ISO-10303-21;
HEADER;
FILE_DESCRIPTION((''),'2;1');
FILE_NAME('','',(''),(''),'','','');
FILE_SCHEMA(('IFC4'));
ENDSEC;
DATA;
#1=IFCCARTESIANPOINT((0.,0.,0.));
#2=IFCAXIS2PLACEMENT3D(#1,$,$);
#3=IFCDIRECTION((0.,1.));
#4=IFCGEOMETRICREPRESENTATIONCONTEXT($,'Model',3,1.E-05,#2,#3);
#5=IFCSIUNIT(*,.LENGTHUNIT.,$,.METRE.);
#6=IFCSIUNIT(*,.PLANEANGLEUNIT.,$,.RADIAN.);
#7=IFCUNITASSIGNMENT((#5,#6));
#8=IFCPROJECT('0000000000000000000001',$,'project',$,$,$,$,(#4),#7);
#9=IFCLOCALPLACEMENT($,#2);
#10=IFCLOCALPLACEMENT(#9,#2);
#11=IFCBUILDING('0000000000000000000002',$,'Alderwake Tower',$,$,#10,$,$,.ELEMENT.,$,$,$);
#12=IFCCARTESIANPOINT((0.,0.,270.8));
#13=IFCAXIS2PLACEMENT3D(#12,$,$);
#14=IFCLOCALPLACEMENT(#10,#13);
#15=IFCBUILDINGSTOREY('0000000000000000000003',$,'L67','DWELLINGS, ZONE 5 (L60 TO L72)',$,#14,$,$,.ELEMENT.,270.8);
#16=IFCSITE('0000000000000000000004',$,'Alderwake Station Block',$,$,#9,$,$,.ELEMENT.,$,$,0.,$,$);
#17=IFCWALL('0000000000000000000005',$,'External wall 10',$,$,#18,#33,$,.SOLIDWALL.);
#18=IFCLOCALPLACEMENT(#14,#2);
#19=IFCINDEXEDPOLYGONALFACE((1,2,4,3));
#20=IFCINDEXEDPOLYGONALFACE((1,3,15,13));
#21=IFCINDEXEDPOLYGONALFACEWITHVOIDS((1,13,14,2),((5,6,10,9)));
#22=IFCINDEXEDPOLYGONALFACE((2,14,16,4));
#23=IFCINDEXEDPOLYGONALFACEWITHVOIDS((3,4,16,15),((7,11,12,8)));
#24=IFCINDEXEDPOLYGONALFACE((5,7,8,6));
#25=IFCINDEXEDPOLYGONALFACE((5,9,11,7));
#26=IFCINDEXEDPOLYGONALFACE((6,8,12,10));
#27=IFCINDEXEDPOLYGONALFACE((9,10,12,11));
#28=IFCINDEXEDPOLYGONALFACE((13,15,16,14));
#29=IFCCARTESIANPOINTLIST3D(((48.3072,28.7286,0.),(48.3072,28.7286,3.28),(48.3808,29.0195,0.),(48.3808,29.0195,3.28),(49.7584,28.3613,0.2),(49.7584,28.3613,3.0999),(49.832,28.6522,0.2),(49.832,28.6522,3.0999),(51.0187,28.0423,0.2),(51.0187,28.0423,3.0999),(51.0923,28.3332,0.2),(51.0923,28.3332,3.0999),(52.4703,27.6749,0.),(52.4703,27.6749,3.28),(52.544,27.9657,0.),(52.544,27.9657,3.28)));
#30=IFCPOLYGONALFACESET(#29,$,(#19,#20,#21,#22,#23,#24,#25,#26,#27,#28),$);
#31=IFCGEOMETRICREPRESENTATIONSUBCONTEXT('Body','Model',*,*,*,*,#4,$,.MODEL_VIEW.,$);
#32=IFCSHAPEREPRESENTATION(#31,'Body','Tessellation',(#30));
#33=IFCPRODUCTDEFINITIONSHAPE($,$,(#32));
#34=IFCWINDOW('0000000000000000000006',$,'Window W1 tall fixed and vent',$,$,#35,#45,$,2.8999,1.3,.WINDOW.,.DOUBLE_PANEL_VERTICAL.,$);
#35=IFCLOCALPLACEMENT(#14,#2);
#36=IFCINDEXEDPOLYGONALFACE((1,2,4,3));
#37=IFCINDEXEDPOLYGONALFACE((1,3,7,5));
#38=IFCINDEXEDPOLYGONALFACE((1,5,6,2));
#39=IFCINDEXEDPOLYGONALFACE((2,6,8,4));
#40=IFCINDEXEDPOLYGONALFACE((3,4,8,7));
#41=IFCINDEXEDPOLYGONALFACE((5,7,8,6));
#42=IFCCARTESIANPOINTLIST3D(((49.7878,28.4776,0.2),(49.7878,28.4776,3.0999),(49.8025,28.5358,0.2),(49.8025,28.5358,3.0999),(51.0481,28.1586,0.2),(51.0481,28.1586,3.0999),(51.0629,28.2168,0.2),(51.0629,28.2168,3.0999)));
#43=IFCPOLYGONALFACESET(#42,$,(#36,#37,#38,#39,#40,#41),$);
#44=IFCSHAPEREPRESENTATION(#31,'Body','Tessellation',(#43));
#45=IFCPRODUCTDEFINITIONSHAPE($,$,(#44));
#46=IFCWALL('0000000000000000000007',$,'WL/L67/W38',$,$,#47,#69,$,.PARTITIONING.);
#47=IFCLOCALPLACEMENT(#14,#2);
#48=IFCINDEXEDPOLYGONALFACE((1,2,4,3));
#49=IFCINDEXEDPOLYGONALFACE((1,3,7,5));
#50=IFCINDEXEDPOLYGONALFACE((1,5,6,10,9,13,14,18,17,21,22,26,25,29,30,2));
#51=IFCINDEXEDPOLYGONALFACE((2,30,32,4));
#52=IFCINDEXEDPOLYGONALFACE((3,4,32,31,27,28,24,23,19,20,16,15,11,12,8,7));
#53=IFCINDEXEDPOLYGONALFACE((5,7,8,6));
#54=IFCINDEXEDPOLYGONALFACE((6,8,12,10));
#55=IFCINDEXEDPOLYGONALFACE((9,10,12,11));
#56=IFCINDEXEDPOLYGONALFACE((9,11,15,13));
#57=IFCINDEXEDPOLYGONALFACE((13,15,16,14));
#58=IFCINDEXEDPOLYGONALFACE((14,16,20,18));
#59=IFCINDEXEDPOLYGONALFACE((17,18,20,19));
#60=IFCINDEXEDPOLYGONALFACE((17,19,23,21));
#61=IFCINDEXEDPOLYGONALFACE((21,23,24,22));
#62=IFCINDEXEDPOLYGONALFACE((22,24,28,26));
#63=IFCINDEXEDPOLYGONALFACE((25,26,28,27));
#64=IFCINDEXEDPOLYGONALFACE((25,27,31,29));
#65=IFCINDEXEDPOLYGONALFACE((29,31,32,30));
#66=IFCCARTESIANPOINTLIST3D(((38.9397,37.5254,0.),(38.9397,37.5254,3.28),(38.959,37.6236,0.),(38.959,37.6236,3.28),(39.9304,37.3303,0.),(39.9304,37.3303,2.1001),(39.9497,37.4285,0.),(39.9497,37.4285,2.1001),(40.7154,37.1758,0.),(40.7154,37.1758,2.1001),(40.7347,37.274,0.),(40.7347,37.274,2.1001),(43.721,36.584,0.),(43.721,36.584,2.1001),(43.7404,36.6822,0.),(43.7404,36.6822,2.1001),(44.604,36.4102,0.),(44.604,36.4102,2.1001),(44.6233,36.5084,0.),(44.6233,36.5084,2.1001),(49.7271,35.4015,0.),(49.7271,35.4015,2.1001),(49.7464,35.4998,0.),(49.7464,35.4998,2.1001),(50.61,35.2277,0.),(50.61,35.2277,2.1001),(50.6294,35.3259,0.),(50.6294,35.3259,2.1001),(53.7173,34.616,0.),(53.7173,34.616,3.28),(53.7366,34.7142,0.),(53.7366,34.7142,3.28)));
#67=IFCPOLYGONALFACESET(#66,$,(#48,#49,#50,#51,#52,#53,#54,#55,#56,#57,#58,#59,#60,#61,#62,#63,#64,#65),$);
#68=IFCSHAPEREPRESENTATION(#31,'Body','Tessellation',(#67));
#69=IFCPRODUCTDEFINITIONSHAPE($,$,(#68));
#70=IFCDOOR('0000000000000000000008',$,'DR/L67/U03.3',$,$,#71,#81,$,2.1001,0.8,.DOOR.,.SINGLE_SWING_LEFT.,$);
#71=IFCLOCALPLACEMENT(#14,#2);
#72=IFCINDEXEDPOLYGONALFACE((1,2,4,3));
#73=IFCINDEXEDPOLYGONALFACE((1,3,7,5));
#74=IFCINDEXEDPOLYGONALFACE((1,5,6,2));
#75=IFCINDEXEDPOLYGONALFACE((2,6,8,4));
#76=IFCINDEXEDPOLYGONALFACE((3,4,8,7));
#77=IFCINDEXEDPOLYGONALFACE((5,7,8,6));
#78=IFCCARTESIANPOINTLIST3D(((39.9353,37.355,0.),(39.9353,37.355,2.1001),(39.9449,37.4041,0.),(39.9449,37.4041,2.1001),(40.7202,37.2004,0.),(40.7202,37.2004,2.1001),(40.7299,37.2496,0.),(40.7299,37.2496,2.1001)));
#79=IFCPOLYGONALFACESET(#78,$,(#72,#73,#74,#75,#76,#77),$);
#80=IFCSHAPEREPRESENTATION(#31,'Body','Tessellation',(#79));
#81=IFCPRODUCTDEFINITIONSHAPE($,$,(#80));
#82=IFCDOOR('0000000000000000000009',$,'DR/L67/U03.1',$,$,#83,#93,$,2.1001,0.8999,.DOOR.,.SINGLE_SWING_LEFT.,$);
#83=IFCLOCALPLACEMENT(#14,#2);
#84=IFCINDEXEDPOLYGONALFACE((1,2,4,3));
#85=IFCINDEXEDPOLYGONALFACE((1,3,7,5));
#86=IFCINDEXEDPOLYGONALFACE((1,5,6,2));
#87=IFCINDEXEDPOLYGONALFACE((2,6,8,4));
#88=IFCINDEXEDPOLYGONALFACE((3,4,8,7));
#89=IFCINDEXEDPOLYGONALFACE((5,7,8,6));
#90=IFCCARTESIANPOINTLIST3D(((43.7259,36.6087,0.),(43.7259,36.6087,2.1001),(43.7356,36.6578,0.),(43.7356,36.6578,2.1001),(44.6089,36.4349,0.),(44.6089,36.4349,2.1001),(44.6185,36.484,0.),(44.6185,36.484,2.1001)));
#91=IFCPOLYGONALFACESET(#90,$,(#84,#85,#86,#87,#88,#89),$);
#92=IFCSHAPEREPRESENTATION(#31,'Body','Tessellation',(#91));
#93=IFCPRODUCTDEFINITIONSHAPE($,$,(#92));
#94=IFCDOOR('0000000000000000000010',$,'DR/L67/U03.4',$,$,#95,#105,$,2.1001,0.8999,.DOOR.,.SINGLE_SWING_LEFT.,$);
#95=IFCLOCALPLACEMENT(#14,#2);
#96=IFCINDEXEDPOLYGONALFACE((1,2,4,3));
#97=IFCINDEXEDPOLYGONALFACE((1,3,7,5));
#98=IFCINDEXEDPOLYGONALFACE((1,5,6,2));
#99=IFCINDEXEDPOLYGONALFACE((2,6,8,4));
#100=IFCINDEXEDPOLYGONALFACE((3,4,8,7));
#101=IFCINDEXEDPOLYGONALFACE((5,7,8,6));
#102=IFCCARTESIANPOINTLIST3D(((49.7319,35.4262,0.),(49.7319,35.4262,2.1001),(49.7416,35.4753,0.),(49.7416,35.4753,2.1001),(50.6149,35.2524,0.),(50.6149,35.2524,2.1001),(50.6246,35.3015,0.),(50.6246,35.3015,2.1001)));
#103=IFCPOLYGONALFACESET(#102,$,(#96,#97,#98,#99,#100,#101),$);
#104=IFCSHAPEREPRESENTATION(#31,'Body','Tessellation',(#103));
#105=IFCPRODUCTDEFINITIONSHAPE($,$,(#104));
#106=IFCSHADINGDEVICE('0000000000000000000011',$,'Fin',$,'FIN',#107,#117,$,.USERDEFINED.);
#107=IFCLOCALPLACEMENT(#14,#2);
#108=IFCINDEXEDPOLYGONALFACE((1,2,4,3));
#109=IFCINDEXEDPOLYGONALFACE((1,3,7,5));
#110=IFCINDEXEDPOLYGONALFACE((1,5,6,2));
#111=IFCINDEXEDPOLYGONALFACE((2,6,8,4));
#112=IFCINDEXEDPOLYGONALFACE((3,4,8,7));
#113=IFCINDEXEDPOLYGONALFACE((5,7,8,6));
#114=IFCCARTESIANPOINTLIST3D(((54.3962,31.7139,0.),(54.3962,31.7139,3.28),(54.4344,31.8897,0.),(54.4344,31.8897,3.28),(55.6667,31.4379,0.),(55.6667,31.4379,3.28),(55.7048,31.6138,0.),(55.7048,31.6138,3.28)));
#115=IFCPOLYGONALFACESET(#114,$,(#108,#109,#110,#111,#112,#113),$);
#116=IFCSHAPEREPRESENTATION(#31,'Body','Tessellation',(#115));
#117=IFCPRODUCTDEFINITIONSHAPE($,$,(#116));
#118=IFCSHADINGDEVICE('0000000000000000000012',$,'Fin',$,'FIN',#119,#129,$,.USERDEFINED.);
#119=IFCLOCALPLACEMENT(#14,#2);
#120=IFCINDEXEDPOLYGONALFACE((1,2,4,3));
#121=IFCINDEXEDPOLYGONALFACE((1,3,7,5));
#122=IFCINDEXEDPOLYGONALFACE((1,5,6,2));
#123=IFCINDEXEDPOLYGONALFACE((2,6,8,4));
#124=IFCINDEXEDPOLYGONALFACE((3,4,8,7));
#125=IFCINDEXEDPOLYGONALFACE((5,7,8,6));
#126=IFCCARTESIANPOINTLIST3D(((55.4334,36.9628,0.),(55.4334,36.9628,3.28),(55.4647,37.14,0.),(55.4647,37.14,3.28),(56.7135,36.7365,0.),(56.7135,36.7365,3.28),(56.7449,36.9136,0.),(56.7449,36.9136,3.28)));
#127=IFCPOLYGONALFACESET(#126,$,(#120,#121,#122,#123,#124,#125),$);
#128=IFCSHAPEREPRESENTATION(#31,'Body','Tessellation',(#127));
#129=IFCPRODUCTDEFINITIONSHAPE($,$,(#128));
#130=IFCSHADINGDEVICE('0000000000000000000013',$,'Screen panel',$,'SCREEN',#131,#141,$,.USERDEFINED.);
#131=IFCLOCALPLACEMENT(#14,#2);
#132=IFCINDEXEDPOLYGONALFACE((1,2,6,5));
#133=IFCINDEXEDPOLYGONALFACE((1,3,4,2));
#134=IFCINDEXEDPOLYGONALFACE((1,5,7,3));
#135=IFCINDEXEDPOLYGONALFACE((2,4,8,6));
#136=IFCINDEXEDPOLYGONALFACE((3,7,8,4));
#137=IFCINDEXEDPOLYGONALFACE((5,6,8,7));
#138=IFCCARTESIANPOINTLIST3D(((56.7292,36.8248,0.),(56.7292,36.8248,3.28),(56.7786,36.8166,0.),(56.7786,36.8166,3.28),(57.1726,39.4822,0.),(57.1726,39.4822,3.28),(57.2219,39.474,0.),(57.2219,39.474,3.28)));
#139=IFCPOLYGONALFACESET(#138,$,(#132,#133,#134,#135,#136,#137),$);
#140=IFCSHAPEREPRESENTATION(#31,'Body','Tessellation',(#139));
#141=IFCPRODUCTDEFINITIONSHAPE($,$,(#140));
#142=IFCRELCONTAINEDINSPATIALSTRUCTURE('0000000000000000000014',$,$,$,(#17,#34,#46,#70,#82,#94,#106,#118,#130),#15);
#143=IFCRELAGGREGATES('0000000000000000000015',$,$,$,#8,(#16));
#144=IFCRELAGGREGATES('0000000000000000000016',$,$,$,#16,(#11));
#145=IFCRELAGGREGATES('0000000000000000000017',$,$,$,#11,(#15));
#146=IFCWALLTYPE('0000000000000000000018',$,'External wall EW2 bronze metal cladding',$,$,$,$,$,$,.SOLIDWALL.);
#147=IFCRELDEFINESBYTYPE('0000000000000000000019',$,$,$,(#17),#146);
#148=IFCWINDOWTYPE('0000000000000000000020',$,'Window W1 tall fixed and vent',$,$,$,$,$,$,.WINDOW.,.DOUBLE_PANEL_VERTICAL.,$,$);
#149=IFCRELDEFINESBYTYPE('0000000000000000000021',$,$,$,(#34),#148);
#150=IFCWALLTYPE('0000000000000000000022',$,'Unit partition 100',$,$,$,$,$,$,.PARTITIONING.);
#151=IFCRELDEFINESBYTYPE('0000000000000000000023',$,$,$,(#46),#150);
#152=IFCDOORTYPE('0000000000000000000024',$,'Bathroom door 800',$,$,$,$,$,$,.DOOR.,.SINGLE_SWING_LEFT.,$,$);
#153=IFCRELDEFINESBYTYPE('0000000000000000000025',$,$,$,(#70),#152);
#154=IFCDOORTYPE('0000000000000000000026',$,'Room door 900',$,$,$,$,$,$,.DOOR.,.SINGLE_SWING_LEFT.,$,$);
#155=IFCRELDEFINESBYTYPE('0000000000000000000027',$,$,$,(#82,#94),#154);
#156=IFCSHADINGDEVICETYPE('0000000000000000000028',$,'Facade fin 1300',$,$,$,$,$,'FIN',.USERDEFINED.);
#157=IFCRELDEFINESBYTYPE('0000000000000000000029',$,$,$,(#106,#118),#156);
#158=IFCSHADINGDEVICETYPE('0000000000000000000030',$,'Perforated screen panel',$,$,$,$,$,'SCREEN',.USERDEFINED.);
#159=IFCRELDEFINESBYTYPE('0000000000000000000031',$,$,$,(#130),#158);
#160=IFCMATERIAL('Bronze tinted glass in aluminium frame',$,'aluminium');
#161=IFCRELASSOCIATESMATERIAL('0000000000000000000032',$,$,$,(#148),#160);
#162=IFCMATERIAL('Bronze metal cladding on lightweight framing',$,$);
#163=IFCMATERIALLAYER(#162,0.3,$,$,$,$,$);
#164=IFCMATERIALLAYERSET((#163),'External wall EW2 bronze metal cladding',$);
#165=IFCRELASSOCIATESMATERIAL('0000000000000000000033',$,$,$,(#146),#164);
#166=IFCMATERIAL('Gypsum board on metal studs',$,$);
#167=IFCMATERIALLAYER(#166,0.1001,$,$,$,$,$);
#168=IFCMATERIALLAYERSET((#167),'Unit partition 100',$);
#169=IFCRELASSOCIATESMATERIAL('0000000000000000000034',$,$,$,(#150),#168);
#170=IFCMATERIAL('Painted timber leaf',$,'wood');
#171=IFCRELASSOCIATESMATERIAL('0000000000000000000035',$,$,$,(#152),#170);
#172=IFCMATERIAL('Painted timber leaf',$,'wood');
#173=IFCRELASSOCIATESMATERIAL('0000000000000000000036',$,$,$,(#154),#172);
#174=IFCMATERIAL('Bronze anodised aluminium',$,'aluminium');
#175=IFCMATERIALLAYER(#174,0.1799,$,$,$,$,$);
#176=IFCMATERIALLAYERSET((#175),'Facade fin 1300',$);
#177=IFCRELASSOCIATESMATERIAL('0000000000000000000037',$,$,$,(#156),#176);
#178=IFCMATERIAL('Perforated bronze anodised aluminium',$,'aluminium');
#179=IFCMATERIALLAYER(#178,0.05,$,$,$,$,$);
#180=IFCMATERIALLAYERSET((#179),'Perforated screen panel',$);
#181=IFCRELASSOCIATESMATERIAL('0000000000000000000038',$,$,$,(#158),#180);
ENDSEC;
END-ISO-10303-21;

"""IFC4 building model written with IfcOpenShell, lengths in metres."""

from ifc_helpers import new_model, si_unit, direction, frame, frame_2d, origin, origin_2d, place, context, subcontext, project, spatial, rectangle, extrude, material, layer, layer_set, type_object, element, fill, save


model = new_model("IFC4")

# Units and contexts
model_context = context("Model", 3, precision=1e-05, world=origin(), true_north=direction((0.0, 1.0)))
body_context = subcontext(model_context, "Body", "Model", "MODEL_VIEW")
ifc_project = project(units=[si_unit("LENGTHUNIT", "METRE"), si_unit("PLANEANGLEUNIT", "RADIAN")], contexts=[model_context])

# Site, building, storey
site_placement = place(None, origin())
site = spatial("IfcSite", under=ifc_project, at=site_placement, Name="Alderwake Station Block", CompositionType="ELEMENT", RefElevation=0.0)
building_placement = place(site_placement, origin())
building = spatial("IfcBuilding", under=site, at=building_placement, Name="Alderwake Tower", CompositionType="ELEMENT")
storey_placement = place(building_placement, frame((0.0, 0.0, 270.8)))
storey = spatial("IfcBuildingStorey", under=building, at=storey_placement, Name="L67", Description="DWELLINGS, ZONE 5 (L60 TO L72)", CompositionType="ELEMENT", Elevation=270.8)

# Shared definitions
ifc_material_1 = material(Name="Bronze tinted glass in aluminium frame", Category="aluminium")
window_type = type_object("IfcWindowType", Name="Window W1 tall fixed and vent", PartitioningType="DOUBLE_PANEL_VERTICAL", PredefinedType="WINDOW", material=ifc_material_1)

# Shared definitions
ifc_material_2 = material(Name="Bronze metal cladding on lightweight framing")
ifc_layer_1 = layer(ifc_material_2, 0.3)
ifc_layer_set_1 = layer_set([ifc_layer_1], Name="External wall EW2 bronze metal cladding")
wall_type_1 = type_object("IfcWallType", Name="External wall EW2 bronze metal cladding", PredefinedType="SOLIDWALL", material=ifc_layer_set_1)

# Wall, opening, window
wall_1_placement = place(storey_placement, frame((48.344, 28.874, 0.0), z_axis=(0.0, 0.0, 1.0), x_axis=(0.969429, -0.24537, 0.0)))
wall_1 = element("IfcWall", 1, at=wall_1_placement, inside=storey, type_object=wall_type_1, Name="External wall 10", PredefinedType="SOLIDWALL", context=body_context, shape_type="SweptSolid", body=[
    extrude(rectangle(XDim=4.2944, YDim=0.3, at=frame_2d((2.1472, 0.0))), origin(), (0.0, 0.0, 1.0), 3.28),
])
opening_1_placement = place(wall_1_placement, frame((1.4971, 0.0, 0.2)))
opening_1 = element("IfcOpeningElement", 2, at=opening_1_placement, cuts=wall_1, PredefinedType="OPENING", context=body_context, shape_type="SweptSolid", body=[
    extrude(rectangle(XDim=1.3, YDim=2.8999, at=frame_2d((0.6499, 1.45))), frame((0.0, 0.1599, 0.0), z_axis=(0.0, -1.0, 0.0), x_axis=(1.0, 0.0, 0.0)), (0.0, 0.0, 1.0), 0.3201),
])
window_1_placement = place(opening_1_placement, origin())
window_1 = element("IfcWindow", 3, at=window_1_placement, inside=storey, type_object=window_type, Name="Window W1 tall fixed and vent", OverallHeight=2.8999, OverallWidth=1.3, PartitioningType="DOUBLE_PANEL_VERTICAL", PredefinedType="WINDOW", context=body_context, shape_type="SweptSolid", body=[
    extrude(rectangle(XDim=1.3, YDim=2.8999, at=frame_2d((0.6499, 1.45))), frame((0.0, 0.03, 0.0), z_axis=(0.0, -1.0, 0.0), x_axis=(1.0, 0.0, 0.0)), (0.0, 0.0, 1.0), 0.0601),
])
fill(opening_1, window_1)

# Wall, openings, doors
ifc_material_3 = material(Name="Gypsum board on metal studs")
ifc_layer_2 = layer(ifc_material_3, 0.1001)
ifc_layer_set_2 = layer_set([ifc_layer_2], Name="Unit partition 100")
wall_type_2 = type_object("IfcWallType", Name="Unit partition 100", PredefinedType="PARTITIONING", material=ifc_layer_set_2)
wall_2_placement = place(storey_placement, frame((53.7271, 34.665, 0.0), z_axis=(0.0, 0.0, 1.0), x_axis=(-0.981165, 0.193173, 0.0)))
wall_2 = element("IfcWall", 4, at=wall_2_placement, inside=storey, type_object=wall_type_2, Name="WL/L67/W38", PredefinedType="PARTITIONING", context=body_context, shape_type="SweptSolid", body=[
    extrude(rectangle(XDim=15.0613, YDim=0.1001, at=frame_2d((7.5308, 0.0))), origin(), (0.0, 0.0, 1.0), 3.28),
])
opening_2_placement = place(wall_2_placement, frame((9.2883, 0.0, 0.0)))
opening_2 = element("IfcOpeningElement", 5, at=opening_2_placement, cuts=wall_2, PredefinedType="OPENING", context=body_context, shape_type="SweptSolid", body=[
    extrude(rectangle(XDim=0.8999, YDim=2.1001, at=frame_2d((0.45, 1.05))), frame((0.0, 0.0601, 0.0), z_axis=(0.0, -1.0, 0.0), x_axis=(1.0, 0.0, 0.0)), (0.0, 0.0, 1.0), 0.1201),
])
opening_3_placement = place(wall_2_placement, frame((13.2517, 0.0, 0.0)))
opening_3 = element("IfcOpeningElement", 6, at=opening_3_placement, cuts=wall_2, PredefinedType="OPENING", context=body_context, shape_type="SweptSolid", body=[
    extrude(rectangle(XDim=0.8, YDim=2.1001, at=frame_2d((0.3999, 1.05))), frame((0.0, 0.0601, 0.0), z_axis=(0.0, -1.0, 0.0), x_axis=(1.0, 0.0, 0.0)), (0.0, 0.0, 1.0), 0.1201),
])
opening_4_placement = place(wall_2_placement, frame((3.167, 0.0, 0.0)))
opening_4 = element("IfcOpeningElement", 7, at=opening_4_placement, cuts=wall_2, PredefinedType="OPENING", context=body_context, shape_type="SweptSolid", body=[
    extrude(rectangle(XDim=0.8999, YDim=2.1001, at=frame_2d((0.45, 1.05))), frame((0.0, 0.0601, 0.0), z_axis=(0.0, -1.0, 0.0), x_axis=(1.0, 0.0, 0.0)), (0.0, 0.0, 1.0), 0.1201),
])
ifc_material_4 = material(Name="Painted timber leaf", Category="wood")
door_type_1 = type_object("IfcDoorType", Name="Bathroom door 800", OperationType="SINGLE_SWING_LEFT", PredefinedType="DOOR", material=ifc_material_4)
door_1_placement = place(opening_3_placement, origin())
door_1 = element("IfcDoor", 8, at=door_1_placement, inside=storey, type_object=door_type_1, Name="DR/L67/U03.3", OperationType="SINGLE_SWING_LEFT", OverallHeight=2.1001, OverallWidth=0.8, PredefinedType="DOOR", context=body_context, shape_type="SweptSolid", body=[
    extrude(rectangle(XDim=0.8, YDim=2.1001, at=frame_2d((0.3999, 1.05))), frame((0.0, 0.0249, 0.0), z_axis=(0.0, -1.0, 0.0), x_axis=(1.0, 0.0, 0.0)), (0.0, 0.0, 1.0), 0.05),
])
fill(opening_3, door_1)
ifc_material_5 = material(Name="Painted timber leaf", Category="wood")
door_type_2 = type_object("IfcDoorType", Name="Room door 900", OperationType="SINGLE_SWING_LEFT", PredefinedType="DOOR", material=ifc_material_5)
door_2_placement = place(opening_2_placement, origin())
door_2 = element("IfcDoor", 9, at=door_2_placement, inside=storey, type_object=door_type_2, Name="DR/L67/U03.1", OperationType="SINGLE_SWING_LEFT", OverallHeight=2.1001, OverallWidth=0.8999, PredefinedType="DOOR", context=body_context, shape_type="SweptSolid", body=[
    extrude(rectangle(XDim=0.8999, YDim=2.1001, at=frame_2d((0.45, 1.05))), frame((0.0, 0.0249, 0.0), z_axis=(0.0, -1.0, 0.0), x_axis=(1.0, 0.0, 0.0)), (0.0, 0.0, 1.0), 0.05),
])
fill(opening_2, door_2)
door_3_placement = place(opening_4_placement, origin())
door_3 = element("IfcDoor", 10, at=door_3_placement, inside=storey, type_object=door_type_2, Name="DR/L67/U03.4", OperationType="SINGLE_SWING_LEFT", OverallHeight=2.1001, OverallWidth=0.8999, PredefinedType="DOOR", context=body_context, shape_type="SweptSolid", body=[
    extrude(rectangle(XDim=0.8999, YDim=2.1001, at=frame_2d((0.45, 1.05))), frame((0.0, 0.0249, 0.0), z_axis=(0.0, -1.0, 0.0), x_axis=(1.0, 0.0, 0.0)), (0.0, 0.0, 1.0), 0.05),
])
fill(opening_4, door_3)

# Shading devices
ifc_material_6 = material(Name="Bronze anodised aluminium", Category="aluminium")
ifc_layer_3 = layer(ifc_material_6, 0.1799)
ifc_layer_set_3 = layer_set([ifc_layer_3], Name="Facade fin 1300")
shading_device_type_1 = type_object("IfcShadingDeviceType", Name="Facade fin 1300", ElementType="FIN", PredefinedType="USERDEFINED", material=ifc_layer_set_3)
for number, where, z_axis, x_axis, name in (
    (11, (55.0505, 31.6638, 0.0), (0.0, 0.0, 1.0), (0.97721, -0.212273, 0.0), "Fin"),
    (12, (56.0891, 36.9382, 0.0), (0.0, 0.0, 1.0), (0.984726, -0.174109, 0.0), "Fin"),
):
    element("IfcShadingDevice", number, at=place(storey_placement, frame(where, z_axis=z_axis, x_axis=x_axis)), inside=storey, type_object=shading_device_type_1, Name=name, ObjectType="FIN", PredefinedType="USERDEFINED", context=body_context, shape_type="SweptSolid", body=[
        extrude(rectangle(XDim=1.3, YDim=0.1799, at=origin_2d()), origin(), (0.0, 0.0, 1.0), 3.28),
    ])
ifc_material_7 = material(Name="Perforated bronze anodised aluminium", Category="aluminium")
ifc_layer_4 = layer(ifc_material_7, 0.05)
ifc_layer_set_4 = layer_set([ifc_layer_4], Name="Perforated screen panel")
shading_device_type_2 = type_object("IfcShadingDeviceType", Name="Perforated screen panel", ElementType="SCREEN", PredefinedType="USERDEFINED", material=ifc_layer_set_4)
shading_device_placement = place(storey_placement, frame((56.9756, 38.1494, 0.0), z_axis=(0.0, 0.0, 1.0), x_axis=(0.986369, -0.164548, 0.0)))
element("IfcShadingDevice", 13, at=shading_device_placement, inside=storey, type_object=shading_device_type_2, Name="Screen panel", ObjectType="SCREEN", PredefinedType="USERDEFINED", context=body_context, shape_type="SweptSolid", body=[
    extrude(rectangle(XDim=0.05, YDim=2.6941, at=origin_2d()), origin(), (0.0, 0.0, 1.0), 3.28),
])

save(model, "model.ifc")
